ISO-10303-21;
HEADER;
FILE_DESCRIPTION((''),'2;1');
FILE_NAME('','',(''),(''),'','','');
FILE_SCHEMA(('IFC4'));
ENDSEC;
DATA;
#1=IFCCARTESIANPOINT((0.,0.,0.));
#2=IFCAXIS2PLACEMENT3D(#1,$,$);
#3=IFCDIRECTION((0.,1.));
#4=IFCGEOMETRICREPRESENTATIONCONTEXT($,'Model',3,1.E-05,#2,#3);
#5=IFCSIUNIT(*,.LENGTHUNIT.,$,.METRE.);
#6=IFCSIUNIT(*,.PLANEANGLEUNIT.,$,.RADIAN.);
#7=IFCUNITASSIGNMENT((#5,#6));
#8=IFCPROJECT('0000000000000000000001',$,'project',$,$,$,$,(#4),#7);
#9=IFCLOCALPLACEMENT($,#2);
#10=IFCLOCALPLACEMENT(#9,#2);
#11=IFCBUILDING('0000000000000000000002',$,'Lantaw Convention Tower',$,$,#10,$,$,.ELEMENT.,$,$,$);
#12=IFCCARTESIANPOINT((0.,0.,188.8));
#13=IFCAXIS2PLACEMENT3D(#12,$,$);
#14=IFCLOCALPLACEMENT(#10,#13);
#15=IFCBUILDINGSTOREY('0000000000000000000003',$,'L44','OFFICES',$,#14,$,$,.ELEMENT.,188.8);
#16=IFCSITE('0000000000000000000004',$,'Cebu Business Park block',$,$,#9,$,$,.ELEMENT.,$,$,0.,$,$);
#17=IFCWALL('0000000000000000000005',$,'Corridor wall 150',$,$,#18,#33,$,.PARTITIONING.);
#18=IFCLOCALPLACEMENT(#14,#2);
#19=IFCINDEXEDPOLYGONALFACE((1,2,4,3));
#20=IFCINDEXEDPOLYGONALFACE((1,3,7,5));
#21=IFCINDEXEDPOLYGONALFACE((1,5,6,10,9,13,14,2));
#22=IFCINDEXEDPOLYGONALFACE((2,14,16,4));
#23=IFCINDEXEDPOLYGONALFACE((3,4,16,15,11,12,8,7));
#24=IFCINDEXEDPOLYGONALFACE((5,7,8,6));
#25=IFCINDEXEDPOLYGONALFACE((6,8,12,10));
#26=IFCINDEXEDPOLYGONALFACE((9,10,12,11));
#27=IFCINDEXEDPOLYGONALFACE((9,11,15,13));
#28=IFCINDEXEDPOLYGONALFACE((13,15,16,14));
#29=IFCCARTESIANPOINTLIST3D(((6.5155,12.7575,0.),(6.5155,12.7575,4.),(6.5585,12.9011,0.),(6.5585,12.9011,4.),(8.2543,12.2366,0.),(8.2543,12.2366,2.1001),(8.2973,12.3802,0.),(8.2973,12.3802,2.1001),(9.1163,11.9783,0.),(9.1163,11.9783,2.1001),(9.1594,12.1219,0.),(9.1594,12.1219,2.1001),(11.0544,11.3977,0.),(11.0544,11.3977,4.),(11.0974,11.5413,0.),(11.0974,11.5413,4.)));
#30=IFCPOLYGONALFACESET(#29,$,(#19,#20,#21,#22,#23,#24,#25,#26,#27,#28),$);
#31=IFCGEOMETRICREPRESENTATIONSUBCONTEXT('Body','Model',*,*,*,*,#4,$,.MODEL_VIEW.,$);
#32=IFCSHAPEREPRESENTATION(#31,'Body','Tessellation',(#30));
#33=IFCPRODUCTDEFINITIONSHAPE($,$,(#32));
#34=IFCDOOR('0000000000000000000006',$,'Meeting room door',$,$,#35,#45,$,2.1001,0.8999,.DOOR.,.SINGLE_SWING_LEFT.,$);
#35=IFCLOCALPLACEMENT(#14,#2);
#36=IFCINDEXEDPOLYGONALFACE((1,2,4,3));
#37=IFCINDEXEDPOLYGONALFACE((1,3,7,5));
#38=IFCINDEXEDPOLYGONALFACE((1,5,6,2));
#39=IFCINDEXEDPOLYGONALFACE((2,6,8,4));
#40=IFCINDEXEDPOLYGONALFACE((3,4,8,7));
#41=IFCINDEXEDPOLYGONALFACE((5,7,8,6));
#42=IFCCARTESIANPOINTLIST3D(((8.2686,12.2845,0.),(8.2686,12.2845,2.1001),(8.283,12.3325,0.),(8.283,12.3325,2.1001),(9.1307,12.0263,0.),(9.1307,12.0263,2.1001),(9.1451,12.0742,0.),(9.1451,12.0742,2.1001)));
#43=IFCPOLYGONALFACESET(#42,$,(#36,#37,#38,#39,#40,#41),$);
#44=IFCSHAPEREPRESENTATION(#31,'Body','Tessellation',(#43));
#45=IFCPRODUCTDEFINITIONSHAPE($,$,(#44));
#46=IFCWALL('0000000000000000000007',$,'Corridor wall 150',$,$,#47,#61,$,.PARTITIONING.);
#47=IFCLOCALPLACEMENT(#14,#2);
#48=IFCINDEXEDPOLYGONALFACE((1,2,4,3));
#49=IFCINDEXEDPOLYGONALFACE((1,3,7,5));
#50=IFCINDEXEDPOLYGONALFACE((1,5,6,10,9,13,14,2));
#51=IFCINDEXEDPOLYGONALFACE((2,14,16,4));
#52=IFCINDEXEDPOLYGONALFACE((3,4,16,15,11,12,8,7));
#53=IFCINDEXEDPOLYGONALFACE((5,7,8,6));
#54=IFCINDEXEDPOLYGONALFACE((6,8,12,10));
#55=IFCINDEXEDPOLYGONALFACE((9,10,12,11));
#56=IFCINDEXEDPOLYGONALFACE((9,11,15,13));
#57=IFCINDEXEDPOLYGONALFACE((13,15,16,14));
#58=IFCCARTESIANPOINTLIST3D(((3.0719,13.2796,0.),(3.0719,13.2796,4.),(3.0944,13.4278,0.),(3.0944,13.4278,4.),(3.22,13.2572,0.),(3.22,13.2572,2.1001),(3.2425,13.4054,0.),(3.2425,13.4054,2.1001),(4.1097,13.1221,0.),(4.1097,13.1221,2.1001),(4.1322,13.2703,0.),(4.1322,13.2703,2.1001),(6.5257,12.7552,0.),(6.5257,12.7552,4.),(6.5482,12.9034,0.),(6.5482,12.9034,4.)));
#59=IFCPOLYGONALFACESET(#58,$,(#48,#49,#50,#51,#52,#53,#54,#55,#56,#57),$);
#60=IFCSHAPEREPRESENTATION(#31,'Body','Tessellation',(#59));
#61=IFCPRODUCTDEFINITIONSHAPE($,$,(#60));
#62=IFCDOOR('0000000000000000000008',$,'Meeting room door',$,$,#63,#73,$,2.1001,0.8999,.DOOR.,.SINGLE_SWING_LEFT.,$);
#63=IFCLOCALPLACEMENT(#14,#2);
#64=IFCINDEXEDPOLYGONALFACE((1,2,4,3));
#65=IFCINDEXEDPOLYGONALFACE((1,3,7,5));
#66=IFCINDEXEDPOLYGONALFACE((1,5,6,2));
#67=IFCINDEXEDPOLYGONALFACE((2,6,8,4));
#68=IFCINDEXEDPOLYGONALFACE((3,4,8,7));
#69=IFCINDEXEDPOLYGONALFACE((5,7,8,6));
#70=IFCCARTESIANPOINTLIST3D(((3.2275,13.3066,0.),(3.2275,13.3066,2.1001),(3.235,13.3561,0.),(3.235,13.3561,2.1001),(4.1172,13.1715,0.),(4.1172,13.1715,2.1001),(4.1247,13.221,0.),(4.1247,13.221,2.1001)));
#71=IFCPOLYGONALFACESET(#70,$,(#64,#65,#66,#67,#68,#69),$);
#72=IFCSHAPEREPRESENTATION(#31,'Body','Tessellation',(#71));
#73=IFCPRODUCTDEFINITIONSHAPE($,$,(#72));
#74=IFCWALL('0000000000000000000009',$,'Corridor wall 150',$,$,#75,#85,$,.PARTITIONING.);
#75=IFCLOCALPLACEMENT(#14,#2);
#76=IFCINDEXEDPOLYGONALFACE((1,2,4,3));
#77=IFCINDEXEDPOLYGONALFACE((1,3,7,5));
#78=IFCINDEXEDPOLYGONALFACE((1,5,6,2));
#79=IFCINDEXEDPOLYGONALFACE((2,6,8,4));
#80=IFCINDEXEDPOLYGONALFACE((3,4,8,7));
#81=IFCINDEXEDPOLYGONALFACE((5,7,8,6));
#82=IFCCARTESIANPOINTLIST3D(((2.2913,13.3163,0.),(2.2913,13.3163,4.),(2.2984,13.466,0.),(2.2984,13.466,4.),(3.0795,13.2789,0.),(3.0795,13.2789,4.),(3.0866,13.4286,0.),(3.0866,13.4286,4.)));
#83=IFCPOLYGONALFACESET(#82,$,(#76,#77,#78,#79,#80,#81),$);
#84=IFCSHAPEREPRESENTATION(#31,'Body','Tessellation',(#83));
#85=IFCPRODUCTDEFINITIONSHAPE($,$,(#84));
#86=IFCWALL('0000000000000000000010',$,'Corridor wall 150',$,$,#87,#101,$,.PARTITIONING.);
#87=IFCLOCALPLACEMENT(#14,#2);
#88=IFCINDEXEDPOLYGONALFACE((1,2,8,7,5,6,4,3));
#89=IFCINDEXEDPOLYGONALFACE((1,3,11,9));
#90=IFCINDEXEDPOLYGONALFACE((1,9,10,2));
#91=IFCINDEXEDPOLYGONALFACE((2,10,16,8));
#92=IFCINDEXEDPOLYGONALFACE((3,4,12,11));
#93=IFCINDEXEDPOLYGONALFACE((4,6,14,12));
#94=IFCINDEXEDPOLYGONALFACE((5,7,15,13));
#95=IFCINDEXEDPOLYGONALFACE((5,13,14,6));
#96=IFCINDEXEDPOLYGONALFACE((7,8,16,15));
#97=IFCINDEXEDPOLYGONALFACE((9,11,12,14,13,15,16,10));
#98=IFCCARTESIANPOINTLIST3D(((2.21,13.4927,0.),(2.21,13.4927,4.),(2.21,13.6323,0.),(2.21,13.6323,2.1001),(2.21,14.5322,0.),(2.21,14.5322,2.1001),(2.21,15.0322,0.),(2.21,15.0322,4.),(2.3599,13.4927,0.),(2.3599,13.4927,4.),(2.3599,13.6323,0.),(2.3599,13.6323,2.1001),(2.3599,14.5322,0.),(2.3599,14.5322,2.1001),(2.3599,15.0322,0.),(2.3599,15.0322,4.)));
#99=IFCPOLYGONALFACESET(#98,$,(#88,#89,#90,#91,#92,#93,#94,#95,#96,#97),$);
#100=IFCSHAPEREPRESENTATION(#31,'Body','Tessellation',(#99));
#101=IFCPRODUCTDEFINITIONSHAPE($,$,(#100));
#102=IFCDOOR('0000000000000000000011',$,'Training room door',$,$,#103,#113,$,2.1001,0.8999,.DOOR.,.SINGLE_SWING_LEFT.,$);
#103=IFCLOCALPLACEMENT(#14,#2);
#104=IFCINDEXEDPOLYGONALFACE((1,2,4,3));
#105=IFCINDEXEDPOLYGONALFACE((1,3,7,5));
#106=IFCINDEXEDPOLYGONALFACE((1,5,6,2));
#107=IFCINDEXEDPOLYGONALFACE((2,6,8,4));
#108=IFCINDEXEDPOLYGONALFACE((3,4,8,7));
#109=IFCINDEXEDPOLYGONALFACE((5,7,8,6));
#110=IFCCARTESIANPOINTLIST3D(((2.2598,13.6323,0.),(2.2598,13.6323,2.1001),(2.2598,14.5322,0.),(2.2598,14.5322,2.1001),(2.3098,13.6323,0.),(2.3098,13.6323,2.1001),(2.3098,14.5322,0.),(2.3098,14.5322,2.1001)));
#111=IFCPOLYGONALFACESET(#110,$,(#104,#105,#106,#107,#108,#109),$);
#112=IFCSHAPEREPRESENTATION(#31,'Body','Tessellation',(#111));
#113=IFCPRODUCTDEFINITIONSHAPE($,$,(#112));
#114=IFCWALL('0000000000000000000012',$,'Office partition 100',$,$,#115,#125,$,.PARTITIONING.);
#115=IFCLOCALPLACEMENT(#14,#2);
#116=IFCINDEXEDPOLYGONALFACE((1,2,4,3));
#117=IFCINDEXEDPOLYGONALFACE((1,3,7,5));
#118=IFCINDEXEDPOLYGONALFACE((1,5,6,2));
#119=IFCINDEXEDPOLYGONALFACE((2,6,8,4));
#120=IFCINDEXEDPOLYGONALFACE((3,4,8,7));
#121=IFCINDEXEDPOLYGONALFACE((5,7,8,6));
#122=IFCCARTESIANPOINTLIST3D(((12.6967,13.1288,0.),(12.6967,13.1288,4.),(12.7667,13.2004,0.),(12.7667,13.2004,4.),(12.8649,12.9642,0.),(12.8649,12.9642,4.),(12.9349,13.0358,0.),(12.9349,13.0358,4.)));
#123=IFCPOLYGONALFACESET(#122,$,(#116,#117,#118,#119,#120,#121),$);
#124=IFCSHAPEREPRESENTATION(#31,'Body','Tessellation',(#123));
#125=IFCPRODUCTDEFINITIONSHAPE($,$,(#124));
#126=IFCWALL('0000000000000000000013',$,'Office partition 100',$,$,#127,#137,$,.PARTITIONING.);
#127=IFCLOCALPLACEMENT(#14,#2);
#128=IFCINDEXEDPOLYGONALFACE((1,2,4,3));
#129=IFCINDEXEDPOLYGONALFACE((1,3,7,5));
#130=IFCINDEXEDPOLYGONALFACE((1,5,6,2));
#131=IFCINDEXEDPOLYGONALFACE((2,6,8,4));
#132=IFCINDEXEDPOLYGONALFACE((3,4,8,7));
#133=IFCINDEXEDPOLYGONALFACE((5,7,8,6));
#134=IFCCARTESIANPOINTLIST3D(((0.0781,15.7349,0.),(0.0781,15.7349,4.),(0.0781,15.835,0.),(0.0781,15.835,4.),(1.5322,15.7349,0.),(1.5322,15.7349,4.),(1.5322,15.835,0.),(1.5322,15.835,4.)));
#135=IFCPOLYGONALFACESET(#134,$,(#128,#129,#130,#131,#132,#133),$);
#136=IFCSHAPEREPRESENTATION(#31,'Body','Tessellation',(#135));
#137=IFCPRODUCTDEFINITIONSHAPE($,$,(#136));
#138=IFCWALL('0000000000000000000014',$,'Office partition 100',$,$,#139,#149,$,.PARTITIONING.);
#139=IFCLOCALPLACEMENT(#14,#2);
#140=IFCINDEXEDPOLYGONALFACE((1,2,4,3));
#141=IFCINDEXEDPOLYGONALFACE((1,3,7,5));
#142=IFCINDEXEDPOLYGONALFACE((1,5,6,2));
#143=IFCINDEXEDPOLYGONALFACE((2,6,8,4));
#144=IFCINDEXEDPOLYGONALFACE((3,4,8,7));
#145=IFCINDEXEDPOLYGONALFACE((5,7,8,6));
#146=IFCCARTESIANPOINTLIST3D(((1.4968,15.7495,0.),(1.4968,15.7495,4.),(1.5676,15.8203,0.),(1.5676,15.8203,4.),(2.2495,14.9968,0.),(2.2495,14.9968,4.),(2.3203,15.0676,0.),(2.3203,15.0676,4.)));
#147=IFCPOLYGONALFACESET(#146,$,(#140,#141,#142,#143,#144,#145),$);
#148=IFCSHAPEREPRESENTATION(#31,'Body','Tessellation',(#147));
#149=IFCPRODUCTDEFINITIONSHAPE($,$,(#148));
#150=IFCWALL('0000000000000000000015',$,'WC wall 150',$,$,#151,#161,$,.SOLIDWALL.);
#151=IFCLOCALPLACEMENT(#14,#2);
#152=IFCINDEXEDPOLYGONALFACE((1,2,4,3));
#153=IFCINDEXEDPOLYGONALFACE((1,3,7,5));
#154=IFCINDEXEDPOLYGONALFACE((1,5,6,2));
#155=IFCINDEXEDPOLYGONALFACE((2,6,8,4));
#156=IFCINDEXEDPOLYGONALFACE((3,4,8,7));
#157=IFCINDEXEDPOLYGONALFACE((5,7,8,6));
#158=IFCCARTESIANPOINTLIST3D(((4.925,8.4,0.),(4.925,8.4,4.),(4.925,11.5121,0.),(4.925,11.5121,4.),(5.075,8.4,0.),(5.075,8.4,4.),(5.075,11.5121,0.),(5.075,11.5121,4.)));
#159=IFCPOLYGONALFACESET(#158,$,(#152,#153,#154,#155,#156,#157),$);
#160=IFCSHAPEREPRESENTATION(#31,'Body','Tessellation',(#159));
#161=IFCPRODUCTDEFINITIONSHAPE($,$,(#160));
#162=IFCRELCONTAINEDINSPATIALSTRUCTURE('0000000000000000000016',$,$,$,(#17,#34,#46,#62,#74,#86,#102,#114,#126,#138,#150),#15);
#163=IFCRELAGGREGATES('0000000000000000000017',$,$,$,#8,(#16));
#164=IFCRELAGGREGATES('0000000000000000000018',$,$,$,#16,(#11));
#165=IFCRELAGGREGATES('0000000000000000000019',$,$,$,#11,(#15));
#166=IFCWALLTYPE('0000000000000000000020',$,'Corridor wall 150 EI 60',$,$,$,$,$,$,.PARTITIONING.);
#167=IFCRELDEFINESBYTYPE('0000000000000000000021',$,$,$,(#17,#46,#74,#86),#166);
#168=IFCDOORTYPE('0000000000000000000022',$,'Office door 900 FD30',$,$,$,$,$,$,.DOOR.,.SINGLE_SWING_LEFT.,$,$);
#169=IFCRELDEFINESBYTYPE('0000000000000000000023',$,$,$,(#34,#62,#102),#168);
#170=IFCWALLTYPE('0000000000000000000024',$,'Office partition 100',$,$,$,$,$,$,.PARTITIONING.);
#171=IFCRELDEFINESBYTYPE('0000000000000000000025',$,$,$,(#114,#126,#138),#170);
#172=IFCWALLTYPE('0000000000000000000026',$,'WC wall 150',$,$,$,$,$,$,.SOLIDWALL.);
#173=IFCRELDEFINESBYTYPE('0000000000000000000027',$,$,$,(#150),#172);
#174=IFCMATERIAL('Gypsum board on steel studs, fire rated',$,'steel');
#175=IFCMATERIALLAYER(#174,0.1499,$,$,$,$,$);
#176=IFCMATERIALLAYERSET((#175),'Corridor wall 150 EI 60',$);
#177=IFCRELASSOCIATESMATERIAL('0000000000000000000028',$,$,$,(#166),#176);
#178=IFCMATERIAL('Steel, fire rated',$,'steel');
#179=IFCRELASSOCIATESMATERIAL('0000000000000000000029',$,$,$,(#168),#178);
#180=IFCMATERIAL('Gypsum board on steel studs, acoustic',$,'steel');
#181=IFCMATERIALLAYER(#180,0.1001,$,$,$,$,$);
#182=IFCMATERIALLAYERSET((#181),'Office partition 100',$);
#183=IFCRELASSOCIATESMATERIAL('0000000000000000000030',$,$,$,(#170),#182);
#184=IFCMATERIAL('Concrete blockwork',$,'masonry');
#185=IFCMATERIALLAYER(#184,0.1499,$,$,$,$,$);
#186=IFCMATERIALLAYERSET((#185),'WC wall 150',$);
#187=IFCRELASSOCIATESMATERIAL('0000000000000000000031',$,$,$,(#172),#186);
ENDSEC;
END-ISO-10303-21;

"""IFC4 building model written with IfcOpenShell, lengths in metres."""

from ifc_helpers import new_model, si_unit, direction, frame, frame_2d, origin, place, context, subcontext, project, spatial, rectangle, extrude, material, layer, layer_set, type_object, element, fill, save


model = new_model("IFC4")

# Units and contexts
model_context = context("Model", 3, precision=1e-05, world=origin(), true_north=direction((0.0, 1.0)))
body_context = subcontext(model_context, "Body", "Model", "MODEL_VIEW")
ifc_project = project(units=[si_unit("LENGTHUNIT", "METRE"), si_unit("PLANEANGLEUNIT", "RADIAN")], contexts=[model_context])

# Site, building, storey
site_placement = place(None, origin())
site = spatial("IfcSite", under=ifc_project, at=site_placement, Name="Cebu Business Park block", CompositionType="ELEMENT", RefElevation=0.0)
building_placement = place(site_placement, origin())
building = spatial("IfcBuilding", under=site, at=building_placement, Name="Lantaw Convention Tower", CompositionType="ELEMENT")
storey_placement = place(building_placement, frame((0.0, 0.0, 188.8)))
storey = spatial("IfcBuildingStorey", under=building, at=storey_placement, Name="L44", Description="OFFICES", CompositionType="ELEMENT", Elevation=188.8)

# Walls, openings, doors
ifc_material_1 = material(Name="Gypsum board on steel studs, fire rated", Category="steel")
ifc_layer_1 = layer(ifc_material_1, 0.1499)
ifc_layer_set_1 = layer_set([ifc_layer_1], Name="Corridor wall 150 EI 60")
wall_type_1 = type_object("IfcWallType", Name="Corridor wall 150 EI 60", PredefinedType="PARTITIONING", material=ifc_layer_set_1)
wall_1_placement = place(storey_placement, frame((11.0759, 11.4695, 0.0), z_axis=(0.0, 0.0, 1.0), x_axis=(-0.957934, 0.286989, 0.0)))
wall_1 = element("IfcWall", 1, at=wall_1_placement, inside=storey, type_object=wall_type_1, Name="Corridor wall 150", PredefinedType="PARTITIONING", context=body_context, shape_type="SweptSolid", body=[
    extrude(rectangle(XDim=4.7383, YDim=0.1499, at=frame_2d((2.3691, 0.0))), origin(), (0.0, 0.0, 1.0), 4.0),
])
opening_1_placement = place(wall_1_placement, frame((2.0232, 0.0, 0.0)))
opening_1 = element("IfcOpeningElement", 2, at=opening_1_placement, cuts=wall_1, PredefinedType="OPENING", context=body_context, shape_type="SweptSolid", body=[
    extrude(rectangle(XDim=0.8999, YDim=2.1001, at=frame_2d((0.45, 1.05))), frame((0.0, 0.085, 0.0), z_axis=(0.0, -1.0, 0.0), x_axis=(1.0, 0.0, 0.0)), (0.0, 0.0, 1.0), 0.1699),
])
ifc_material_2 = material(Name="Steel, fire rated", Category="steel")
door_type_1 = type_object("IfcDoorType", Name="Office door 900 FD30", OperationType="SINGLE_SWING_LEFT", PredefinedType="DOOR", material=ifc_material_2)
door_1_placement = place(opening_1_placement, origin())
door_1 = element("IfcDoor", 3, at=door_1_placement, inside=storey, type_object=door_type_1, Name="Meeting room door", OperationType="SINGLE_SWING_LEFT", OverallHeight=2.1001, OverallWidth=0.8999, PredefinedType="DOOR", context=body_context, shape_type="SweptSolid", body=[
    extrude(rectangle(XDim=0.8999, YDim=2.1001, at=frame_2d((0.45, 1.05))), frame((0.0, 0.0249, 0.0), z_axis=(0.0, -1.0, 0.0), x_axis=(1.0, 0.0, 0.0)), (0.0, 0.0, 1.0), 0.05),
])
fill(opening_1, door_1)
wall_2_placement = place(storey_placement, frame((6.5369, 12.8293, 0.0), z_axis=(0.0, 0.0, 1.0), x_axis=(-0.988669, 0.150114, 0.0)))
wall_2 = element("IfcWall", 4, at=wall_2_placement, inside=storey, type_object=wall_type_1, Name="Corridor wall 150", PredefinedType="PARTITIONING", context=body_context, shape_type="SweptSolid", body=[
    extrude(rectangle(XDim=3.4934, YDim=0.1499, at=frame_2d((1.7466, 0.0))), origin(), (0.0, 0.0, 1.0), 4.0),
])
opening_2_placement = place(wall_2_placement, frame((2.4436, 0.0, 0.0)))
opening_2 = element("IfcOpeningElement", 5, at=opening_2_placement, cuts=wall_2, PredefinedType="OPENING", context=body_context, shape_type="SweptSolid", body=[
    extrude(rectangle(XDim=0.8999, YDim=2.1001, at=frame_2d((0.45, 1.05))), frame((0.0, 0.085, 0.0), z_axis=(0.0, -1.0, 0.0), x_axis=(1.0, 0.0, 0.0)), (0.0, 0.0, 1.0), 0.1699),
])
door_2_placement = place(opening_2_placement, origin())
door_2 = element("IfcDoor", 6, at=door_2_placement, inside=storey, type_object=door_type_1, Name="Meeting room door", OperationType="SINGLE_SWING_LEFT", OverallHeight=2.1001, OverallWidth=0.8999, PredefinedType="DOOR", context=body_context, shape_type="SweptSolid", body=[
    extrude(rectangle(XDim=0.8999, YDim=2.1001, at=frame_2d((0.45, 1.05))), frame((0.0, 0.0249, 0.0), z_axis=(0.0, -1.0, 0.0), x_axis=(1.0, 0.0, 0.0)), (0.0, 0.0, 1.0), 0.05),
])
fill(opening_2, door_2)

# Wall
wall_3_placement = place(storey_placement, frame((3.083, 13.3538, 0.0), z_axis=(0.0, 0.0, 1.0), x_axis=(-0.998879, 0.047345, 0.0)))
element("IfcWall", 7, at=wall_3_placement, inside=storey, type_object=wall_type_1, Name="Corridor wall 150", PredefinedType="PARTITIONING", context=body_context, shape_type="SweptSolid", body=[
    extrude(rectangle(XDim=0.7891, YDim=0.1499, at=frame_2d((0.3945, 0.0))), origin(), (0.0, 0.0, 1.0), 4.0),
])

# Wall, opening, door
wall_4_placement = place(storey_placement, frame((2.2849, 15.0322, 0.0), z_axis=(0.0, 0.0, 1.0), x_axis=(0.0, -1.0, 0.0)))
wall_4 = element("IfcWall", 8, at=wall_4_placement, inside=storey, type_object=wall_type_1, Name="Corridor wall 150", PredefinedType="PARTITIONING", context=body_context, shape_type="SweptSolid", body=[
    extrude(rectangle(XDim=1.5396, YDim=0.1499, at=frame_2d((0.7698, 0.0))), origin(), (0.0, 0.0, 1.0), 4.0),
])
opening_3_placement = place(wall_4_placement, frame((0.5, 0.0, 0.0)))
opening_3 = element("IfcOpeningElement", 9, at=opening_3_placement, cuts=wall_4, PredefinedType="OPENING", context=body_context, shape_type="SweptSolid", body=[
    extrude(rectangle(XDim=0.8999, YDim=2.1001, at=frame_2d((0.45, 1.05))), frame((0.0, 0.085, 0.0), z_axis=(0.0, -1.0, 0.0), x_axis=(1.0, 0.0, 0.0)), (0.0, 0.0, 1.0), 0.1699),
])
door_3_placement = place(opening_3_placement, origin())
door_3 = element("IfcDoor", 10, at=door_3_placement, inside=storey, type_object=door_type_1, Name="Training room door", OperationType="SINGLE_SWING_LEFT", OverallHeight=2.1001, OverallWidth=0.8999, PredefinedType="DOOR", context=body_context, shape_type="SweptSolid", body=[
    extrude(rectangle(XDim=0.8999, YDim=2.1001, at=frame_2d((0.45, 1.05))), frame((0.0, 0.0249, 0.0), z_axis=(0.0, -1.0, 0.0), x_axis=(1.0, 0.0, 0.0)), (0.0, 0.0, 1.0), 0.05),
])
fill(opening_3, door_3)

# Walls
ifc_material_3 = material(Name="Gypsum board on steel studs, acoustic", Category="steel")
ifc_layer_2 = layer(ifc_material_3, 0.1001)
ifc_layer_set_2 = layer_set([ifc_layer_2], Name="Office partition 100")
wall_type_2 = type_object("IfcWallType", Name="Office partition 100", PredefinedType="PARTITIONING", material=ifc_layer_set_2)
wall_5_placement = place(storey_placement, frame((12.8999, 13.0, 0.0), z_axis=(0.0, 0.0, 1.0), x_axis=(-0.714845, 0.699283, 0.0)))
element("IfcWall", 11, at=wall_5_placement, inside=storey, type_object=wall_type_2, Name="Office partition 100", PredefinedType="PARTITIONING", context=body_context, shape_type="SweptSolid", body=[
    extrude(rectangle(XDim=0.2354, YDim=0.1001, at=frame_2d((0.1177, 0.0))), origin(), (0.0, 0.0, 1.0), 4.0),
])
wall_6_placement = place(storey_placement, frame((0.0781, 15.7849, 0.0), z_axis=(0.0, 0.0, 1.0), x_axis=(1.0, 0.0, 0.0)))
element("IfcWall", 12, at=wall_6_placement, inside=storey, type_object=wall_type_2, Name="Office partition 100", PredefinedType="PARTITIONING", context=body_context, shape_type="SweptSolid", body=[
    extrude(rectangle(XDim=1.4541, YDim=0.1001, at=frame_2d((0.7271, 0.0))), origin(), (0.0, 0.0, 1.0), 4.0),
])
wall_7_placement = place(storey_placement, frame((1.5322, 15.7849, 0.0), z_axis=(0.0, 0.0, 1.0), x_axis=(0.707107, -0.707107, 0.0)))
element("IfcWall", 13, at=wall_7_placement, inside=storey, type_object=wall_type_2, Name="Office partition 100", PredefinedType="PARTITIONING", context=body_context, shape_type="SweptSolid", body=[
    extrude(rectangle(XDim=1.0645, YDim=0.1001, at=frame_2d((0.5322, 0.0))), origin(), (0.0, 0.0, 1.0), 4.0),
])
ifc_material_4 = material(Name="Concrete blockwork", Category="masonry")
ifc_layer_3 = layer(ifc_material_4, 0.1499)
ifc_layer_set_3 = layer_set([ifc_layer_3], Name="WC wall 150")
wall_type_3 = type_object("IfcWallType", Name="WC wall 150", PredefinedType="SOLIDWALL", material=ifc_layer_set_3)
wall_8_placement = place(storey_placement, frame((5.0, 8.3999, 0.0), z_axis=(0.0, 0.0, 1.0), x_axis=(0.0, 1.0, 0.0)))
element("IfcWall", 14, at=wall_8_placement, inside=storey, type_object=wall_type_3, Name="WC wall 150", PredefinedType="SOLIDWALL", context=body_context, shape_type="SweptSolid", body=[
    extrude(rectangle(XDim=3.1121, YDim=0.1499, at=frame_2d((1.5562, 0.0))), origin(), (0.0, 0.0, 1.0), 4.0),
])

save(model, "model.ifc")
